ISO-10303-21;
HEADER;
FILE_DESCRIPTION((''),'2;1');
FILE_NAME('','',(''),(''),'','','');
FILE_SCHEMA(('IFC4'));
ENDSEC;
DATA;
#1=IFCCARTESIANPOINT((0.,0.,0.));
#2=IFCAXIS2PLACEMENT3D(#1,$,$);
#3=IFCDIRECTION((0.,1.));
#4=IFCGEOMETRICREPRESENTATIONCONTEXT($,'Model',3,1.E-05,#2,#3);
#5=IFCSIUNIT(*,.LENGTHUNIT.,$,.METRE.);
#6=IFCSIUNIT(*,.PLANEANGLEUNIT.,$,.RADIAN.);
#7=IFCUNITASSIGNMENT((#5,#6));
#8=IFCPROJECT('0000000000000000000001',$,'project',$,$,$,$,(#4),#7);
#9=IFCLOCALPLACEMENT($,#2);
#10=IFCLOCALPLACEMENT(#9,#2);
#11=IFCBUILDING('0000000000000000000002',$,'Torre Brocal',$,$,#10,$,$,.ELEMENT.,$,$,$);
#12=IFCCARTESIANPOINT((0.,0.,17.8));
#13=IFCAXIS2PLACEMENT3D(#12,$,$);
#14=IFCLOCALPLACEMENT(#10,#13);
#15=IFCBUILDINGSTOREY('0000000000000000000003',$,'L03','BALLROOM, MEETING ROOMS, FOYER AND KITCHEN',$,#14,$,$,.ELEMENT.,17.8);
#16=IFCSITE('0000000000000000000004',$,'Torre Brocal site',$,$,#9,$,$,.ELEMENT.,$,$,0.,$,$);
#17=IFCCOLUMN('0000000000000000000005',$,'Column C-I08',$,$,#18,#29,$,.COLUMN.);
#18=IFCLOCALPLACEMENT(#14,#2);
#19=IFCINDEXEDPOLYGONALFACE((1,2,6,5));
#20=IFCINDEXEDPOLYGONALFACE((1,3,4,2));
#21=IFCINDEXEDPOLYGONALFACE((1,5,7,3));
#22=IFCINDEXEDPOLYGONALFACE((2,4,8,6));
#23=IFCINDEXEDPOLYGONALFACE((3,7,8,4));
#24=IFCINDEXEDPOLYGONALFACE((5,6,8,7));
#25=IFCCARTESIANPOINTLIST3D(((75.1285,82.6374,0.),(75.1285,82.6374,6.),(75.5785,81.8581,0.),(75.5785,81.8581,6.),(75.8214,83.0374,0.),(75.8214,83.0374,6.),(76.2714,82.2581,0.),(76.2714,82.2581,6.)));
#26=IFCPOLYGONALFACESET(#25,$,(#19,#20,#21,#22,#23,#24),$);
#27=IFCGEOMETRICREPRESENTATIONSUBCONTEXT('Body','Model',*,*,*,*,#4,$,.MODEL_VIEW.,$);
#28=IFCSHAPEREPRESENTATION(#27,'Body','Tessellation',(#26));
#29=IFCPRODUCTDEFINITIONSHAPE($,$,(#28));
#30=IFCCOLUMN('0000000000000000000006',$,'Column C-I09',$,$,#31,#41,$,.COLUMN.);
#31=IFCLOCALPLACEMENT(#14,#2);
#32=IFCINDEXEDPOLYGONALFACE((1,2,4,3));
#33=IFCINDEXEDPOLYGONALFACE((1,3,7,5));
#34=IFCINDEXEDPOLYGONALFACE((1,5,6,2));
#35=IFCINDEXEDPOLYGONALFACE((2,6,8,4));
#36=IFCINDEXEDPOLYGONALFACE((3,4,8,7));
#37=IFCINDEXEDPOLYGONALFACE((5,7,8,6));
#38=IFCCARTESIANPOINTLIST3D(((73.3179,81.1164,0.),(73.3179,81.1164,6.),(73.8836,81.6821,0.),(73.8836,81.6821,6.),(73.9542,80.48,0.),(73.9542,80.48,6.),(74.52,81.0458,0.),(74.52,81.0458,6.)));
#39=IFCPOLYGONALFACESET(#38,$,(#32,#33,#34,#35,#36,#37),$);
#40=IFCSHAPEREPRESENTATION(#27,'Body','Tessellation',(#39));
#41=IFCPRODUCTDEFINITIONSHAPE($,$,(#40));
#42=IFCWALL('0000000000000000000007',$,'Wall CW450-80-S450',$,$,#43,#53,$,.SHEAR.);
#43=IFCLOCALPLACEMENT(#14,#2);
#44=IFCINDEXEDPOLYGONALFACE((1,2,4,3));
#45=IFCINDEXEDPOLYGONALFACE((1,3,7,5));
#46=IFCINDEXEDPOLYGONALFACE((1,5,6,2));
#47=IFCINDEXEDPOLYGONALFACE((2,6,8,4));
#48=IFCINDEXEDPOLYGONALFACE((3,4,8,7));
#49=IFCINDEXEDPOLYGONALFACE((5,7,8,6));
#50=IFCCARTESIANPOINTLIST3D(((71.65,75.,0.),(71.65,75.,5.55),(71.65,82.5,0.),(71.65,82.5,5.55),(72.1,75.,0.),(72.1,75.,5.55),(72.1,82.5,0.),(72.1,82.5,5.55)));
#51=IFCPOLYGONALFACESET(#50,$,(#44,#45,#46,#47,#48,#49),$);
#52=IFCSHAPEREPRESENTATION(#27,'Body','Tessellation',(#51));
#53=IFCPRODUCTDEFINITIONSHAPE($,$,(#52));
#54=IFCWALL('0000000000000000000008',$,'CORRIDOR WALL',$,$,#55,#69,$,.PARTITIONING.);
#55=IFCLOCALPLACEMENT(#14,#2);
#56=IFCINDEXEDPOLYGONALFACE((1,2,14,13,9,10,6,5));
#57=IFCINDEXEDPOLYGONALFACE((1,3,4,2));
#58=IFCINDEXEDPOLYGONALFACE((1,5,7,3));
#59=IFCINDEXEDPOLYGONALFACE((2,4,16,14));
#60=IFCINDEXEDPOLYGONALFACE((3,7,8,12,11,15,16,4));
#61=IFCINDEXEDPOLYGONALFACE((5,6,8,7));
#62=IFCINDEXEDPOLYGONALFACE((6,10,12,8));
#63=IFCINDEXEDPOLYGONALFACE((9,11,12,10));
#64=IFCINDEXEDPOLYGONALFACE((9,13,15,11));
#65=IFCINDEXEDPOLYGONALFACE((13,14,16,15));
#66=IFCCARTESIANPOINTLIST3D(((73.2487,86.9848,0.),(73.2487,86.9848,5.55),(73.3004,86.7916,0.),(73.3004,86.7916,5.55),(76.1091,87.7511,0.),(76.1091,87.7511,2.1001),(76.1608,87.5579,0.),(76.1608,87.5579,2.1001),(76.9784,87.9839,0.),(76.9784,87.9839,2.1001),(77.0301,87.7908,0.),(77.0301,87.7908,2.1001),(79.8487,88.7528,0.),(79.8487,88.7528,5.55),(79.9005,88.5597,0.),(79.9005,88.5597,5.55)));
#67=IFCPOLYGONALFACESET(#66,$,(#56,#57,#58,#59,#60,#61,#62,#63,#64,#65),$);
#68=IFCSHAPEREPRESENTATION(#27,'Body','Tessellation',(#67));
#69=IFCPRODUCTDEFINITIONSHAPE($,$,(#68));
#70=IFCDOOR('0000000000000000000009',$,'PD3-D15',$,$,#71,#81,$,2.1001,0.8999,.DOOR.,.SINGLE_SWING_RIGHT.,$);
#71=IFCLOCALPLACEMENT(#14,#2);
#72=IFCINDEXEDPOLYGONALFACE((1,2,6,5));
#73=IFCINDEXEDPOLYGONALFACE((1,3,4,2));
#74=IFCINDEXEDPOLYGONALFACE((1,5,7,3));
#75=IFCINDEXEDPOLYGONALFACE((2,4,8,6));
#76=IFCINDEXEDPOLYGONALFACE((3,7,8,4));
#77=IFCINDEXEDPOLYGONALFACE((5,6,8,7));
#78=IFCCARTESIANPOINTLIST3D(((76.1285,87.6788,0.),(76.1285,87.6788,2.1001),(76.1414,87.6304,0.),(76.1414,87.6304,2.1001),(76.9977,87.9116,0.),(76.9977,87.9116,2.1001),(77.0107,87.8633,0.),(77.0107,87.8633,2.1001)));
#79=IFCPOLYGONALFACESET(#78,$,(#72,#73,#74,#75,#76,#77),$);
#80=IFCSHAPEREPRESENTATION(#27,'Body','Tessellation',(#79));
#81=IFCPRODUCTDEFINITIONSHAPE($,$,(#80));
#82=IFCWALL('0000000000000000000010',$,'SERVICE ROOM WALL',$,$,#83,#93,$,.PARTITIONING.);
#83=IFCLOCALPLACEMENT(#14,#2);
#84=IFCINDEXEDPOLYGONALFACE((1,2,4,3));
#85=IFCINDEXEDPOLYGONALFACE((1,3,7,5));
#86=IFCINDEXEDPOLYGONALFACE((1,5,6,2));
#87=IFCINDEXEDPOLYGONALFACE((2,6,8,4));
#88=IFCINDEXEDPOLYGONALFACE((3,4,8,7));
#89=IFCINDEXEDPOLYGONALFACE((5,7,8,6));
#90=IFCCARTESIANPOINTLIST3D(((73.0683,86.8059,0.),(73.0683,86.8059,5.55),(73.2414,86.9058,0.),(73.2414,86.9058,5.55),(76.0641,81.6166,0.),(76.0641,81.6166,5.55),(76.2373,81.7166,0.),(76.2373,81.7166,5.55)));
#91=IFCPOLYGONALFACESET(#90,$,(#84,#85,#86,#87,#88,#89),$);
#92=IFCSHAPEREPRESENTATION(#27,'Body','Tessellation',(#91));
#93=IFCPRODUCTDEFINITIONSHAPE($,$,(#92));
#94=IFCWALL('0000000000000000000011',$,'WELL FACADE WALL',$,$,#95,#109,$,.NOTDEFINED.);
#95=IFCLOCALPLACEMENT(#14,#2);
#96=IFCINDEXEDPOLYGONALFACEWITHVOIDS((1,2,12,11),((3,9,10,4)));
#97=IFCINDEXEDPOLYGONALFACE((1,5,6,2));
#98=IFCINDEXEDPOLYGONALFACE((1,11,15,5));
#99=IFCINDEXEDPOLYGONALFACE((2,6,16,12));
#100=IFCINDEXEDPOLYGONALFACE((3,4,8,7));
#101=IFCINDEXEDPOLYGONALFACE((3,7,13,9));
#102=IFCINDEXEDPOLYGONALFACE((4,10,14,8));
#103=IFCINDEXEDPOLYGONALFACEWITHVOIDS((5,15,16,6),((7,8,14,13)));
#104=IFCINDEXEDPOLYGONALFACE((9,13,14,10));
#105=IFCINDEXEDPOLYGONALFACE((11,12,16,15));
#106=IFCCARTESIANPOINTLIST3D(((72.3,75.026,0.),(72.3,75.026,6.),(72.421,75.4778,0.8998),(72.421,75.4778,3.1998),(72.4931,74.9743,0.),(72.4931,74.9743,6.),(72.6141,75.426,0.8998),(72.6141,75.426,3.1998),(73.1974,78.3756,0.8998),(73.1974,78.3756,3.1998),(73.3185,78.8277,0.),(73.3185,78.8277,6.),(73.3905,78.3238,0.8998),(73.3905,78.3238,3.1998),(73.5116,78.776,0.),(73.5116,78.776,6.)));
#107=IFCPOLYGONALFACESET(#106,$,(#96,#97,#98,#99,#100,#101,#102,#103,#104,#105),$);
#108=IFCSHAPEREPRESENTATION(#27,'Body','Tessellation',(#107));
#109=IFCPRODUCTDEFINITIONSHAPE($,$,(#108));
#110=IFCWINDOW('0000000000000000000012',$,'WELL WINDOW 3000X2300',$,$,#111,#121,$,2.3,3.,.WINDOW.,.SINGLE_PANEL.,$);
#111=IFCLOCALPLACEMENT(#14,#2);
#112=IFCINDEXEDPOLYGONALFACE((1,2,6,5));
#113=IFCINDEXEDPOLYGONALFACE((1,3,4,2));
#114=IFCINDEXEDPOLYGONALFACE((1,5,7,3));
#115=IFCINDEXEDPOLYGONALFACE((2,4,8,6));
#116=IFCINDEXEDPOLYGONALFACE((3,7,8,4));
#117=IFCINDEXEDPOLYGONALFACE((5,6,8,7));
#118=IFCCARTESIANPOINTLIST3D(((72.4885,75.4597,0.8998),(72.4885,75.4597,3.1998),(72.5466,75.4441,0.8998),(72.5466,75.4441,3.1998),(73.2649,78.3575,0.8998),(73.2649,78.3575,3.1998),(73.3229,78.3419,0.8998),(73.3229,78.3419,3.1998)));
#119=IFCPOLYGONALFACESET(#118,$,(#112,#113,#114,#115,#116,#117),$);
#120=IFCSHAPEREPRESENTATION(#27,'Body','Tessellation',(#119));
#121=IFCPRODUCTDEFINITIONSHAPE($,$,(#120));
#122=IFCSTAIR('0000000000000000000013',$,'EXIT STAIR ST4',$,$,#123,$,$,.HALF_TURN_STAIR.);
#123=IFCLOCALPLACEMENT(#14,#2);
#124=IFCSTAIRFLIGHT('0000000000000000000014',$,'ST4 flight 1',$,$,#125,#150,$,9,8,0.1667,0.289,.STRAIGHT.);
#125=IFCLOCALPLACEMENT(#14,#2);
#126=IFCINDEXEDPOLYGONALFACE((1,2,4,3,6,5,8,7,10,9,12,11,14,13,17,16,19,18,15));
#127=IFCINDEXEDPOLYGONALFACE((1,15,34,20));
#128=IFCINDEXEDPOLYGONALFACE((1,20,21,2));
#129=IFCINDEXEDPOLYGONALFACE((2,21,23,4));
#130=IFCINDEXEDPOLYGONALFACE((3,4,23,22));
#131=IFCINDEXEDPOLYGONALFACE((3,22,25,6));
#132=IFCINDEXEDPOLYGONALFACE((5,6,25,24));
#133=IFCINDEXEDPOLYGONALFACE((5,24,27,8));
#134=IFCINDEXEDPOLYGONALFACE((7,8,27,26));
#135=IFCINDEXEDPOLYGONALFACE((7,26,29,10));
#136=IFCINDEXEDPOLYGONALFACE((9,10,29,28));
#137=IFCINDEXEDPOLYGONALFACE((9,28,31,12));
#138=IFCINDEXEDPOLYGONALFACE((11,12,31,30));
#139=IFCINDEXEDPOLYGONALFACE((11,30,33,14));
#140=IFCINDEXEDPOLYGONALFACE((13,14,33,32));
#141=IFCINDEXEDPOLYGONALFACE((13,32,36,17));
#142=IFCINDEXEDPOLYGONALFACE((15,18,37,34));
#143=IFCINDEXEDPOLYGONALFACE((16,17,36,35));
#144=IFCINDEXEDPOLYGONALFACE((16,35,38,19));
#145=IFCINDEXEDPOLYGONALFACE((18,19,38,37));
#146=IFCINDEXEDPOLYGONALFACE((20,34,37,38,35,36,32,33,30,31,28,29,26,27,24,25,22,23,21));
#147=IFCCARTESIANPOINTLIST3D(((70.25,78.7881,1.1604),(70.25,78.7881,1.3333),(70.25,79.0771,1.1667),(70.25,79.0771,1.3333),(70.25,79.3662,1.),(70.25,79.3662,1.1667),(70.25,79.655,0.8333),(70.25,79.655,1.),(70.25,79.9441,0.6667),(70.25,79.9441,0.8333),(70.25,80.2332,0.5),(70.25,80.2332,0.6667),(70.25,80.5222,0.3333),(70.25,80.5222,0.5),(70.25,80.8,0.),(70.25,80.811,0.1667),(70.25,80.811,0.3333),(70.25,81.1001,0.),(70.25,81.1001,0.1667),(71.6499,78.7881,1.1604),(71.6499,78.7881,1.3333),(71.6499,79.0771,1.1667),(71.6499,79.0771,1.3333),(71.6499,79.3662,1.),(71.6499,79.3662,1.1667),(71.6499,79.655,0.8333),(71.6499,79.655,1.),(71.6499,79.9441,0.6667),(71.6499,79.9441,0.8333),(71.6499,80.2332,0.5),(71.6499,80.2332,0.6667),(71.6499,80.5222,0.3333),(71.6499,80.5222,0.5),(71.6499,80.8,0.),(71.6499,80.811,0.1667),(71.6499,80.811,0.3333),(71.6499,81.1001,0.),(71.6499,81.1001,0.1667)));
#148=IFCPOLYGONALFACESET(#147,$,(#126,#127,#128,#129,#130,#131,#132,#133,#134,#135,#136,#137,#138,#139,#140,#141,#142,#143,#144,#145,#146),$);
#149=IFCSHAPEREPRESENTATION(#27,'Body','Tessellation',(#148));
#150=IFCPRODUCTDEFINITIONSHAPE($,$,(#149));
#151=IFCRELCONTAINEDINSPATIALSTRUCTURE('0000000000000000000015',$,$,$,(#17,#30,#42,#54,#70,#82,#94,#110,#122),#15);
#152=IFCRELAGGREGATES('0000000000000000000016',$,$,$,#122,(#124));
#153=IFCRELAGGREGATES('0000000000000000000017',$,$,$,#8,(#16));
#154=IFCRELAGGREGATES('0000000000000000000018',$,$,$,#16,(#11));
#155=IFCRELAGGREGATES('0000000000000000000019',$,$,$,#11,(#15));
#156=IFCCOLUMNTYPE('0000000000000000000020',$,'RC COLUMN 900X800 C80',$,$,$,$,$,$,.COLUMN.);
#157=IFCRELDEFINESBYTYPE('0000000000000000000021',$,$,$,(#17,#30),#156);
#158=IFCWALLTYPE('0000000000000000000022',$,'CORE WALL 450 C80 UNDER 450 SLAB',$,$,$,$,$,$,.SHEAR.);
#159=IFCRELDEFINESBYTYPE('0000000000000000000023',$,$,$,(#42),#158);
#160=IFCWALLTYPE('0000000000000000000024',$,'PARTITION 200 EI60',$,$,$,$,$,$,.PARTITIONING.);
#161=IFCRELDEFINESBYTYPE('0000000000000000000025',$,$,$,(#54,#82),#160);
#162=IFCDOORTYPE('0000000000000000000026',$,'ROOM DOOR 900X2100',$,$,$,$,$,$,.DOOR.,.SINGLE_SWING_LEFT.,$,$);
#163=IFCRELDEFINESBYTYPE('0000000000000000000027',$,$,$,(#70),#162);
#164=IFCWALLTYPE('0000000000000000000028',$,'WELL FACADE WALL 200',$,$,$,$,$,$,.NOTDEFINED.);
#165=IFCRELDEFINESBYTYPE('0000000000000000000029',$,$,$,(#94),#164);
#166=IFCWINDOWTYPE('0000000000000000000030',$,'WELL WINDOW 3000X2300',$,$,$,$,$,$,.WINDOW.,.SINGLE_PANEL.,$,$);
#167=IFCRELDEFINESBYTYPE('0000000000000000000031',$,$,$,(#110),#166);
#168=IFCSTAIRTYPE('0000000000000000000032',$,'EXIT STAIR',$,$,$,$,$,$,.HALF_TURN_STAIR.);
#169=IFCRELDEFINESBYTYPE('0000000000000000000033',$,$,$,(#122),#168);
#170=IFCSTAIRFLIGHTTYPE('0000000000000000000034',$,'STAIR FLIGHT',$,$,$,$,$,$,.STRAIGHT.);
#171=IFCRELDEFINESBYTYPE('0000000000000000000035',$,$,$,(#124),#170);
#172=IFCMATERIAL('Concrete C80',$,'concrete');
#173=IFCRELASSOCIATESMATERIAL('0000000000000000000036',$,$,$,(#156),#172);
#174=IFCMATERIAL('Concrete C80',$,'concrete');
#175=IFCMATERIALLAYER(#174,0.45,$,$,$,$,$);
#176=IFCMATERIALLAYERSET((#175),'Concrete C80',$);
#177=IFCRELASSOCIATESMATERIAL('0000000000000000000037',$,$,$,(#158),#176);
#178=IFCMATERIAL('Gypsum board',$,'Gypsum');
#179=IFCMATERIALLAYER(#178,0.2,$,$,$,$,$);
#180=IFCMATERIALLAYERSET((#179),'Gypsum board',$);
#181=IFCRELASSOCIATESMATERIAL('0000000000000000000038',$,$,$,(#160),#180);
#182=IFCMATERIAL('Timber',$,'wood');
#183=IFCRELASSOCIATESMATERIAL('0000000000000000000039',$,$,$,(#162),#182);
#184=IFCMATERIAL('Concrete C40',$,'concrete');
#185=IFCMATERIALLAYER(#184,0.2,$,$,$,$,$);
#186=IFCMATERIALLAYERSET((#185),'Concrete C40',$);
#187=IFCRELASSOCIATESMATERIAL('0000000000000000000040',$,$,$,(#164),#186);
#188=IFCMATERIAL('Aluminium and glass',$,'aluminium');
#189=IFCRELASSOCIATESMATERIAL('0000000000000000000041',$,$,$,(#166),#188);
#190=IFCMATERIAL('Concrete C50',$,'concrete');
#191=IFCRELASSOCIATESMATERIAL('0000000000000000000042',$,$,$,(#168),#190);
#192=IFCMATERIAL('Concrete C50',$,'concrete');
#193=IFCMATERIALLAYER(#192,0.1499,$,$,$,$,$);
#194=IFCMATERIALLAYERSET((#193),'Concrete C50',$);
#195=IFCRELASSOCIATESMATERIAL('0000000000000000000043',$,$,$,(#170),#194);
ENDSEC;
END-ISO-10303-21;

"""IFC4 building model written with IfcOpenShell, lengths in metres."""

from ifc_helpers import new_model, si_unit, direction, frame, frame_2d, origin, origin_2d, place, context, subcontext, project, spatial, polyline, rectangle, outline, extrude, material, layer, layer_set, material_profile, profile_set, type_object, element, fill, aggregate, save


model = new_model("IFC4")

# Units and contexts
model_context = context("Model", 3, precision=1e-05, world=origin(), true_north=direction((0.0, 1.0)))
body_context = subcontext(model_context, "Body", "Model", "MODEL_VIEW")
ifc_project = project(units=[si_unit("LENGTHUNIT", "METRE"), si_unit("PLANEANGLEUNIT", "RADIAN")], contexts=[model_context])

# Site, building, storey
site_placement = place(None, origin())
site = spatial("IfcSite", under=ifc_project, at=site_placement, Name="Torre Brocal site", CompositionType="ELEMENT", RefElevation=0.0)
building_placement = place(site_placement, origin())
building = spatial("IfcBuilding", under=site, at=building_placement, Name="Torre Brocal", CompositionType="ELEMENT")
storey_placement = place(building_placement, frame((0.0, 0.0, 17.8)))
storey = spatial("IfcBuildingStorey", under=building, at=storey_placement, Name="L03", Description="BALLROOM, MEETING ROOMS, FOYER AND KITCHEN", CompositionType="ELEMENT", Elevation=17.8)

# Columns
ifc_material_1 = material(Name="Concrete C80", Category="concrete")
ifc_material_profile = material_profile(ifc_material_1, rectangle(XDim=0.8999, YDim=0.8, at=origin_2d()), Name="RC 900X800")
ifc_profile_set = profile_set([ifc_material_profile], Name="Concrete C80")
column_type = type_object("IfcColumnType", Name="RC COLUMN 900X800 C80", PredefinedType="COLUMN", material=ifc_profile_set)
for number, where, z_axis, x_axis, name in (
    (1, (75.7, 82.4478, 0.0), (0.0, 0.0, 1.0), (-0.5, 0.866025, 0.0), "Column C-I08"),
    (2, (73.9189, 81.0811, 0.0), (0.0, 0.0, 1.0), (-0.707107, 0.707107, 0.0), "Column C-I09"),
):
    element("IfcColumn", number, at=place(storey_placement, frame(where, z_axis=z_axis, x_axis=x_axis)), inside=storey, type_object=column_type, Name=name, PredefinedType="COLUMN", context=body_context, shape_type="SweptSolid", body=[
        extrude(rectangle(XDim=0.8999, YDim=0.8, at=origin_2d()), origin(), (0.0, 0.0, 1.0), 6.0),
    ])

# Wall
ifc_material_2 = material(Name="Concrete C80", Category="concrete")
ifc_layer_1 = layer(ifc_material_2, 0.45)
ifc_layer_set_1 = layer_set([ifc_layer_1], Name="Concrete C80")
wall_type_1 = type_object("IfcWallType", Name="CORE WALL 450 C80 UNDER 450 SLAB", PredefinedType="SHEAR", material=ifc_layer_set_1)
wall_1_placement = place(storey_placement, frame((71.875, 82.5, 0.0), z_axis=(0.0, 0.0, 1.0), x_axis=(0.0, -1.0, 0.0)))
element("IfcWall", 3, at=wall_1_placement, inside=storey, type_object=wall_type_1, Name="Wall CW450-80-S450", PredefinedType="SHEAR", context=body_context, shape_type="SweptSolid", body=[
    extrude(rectangle(XDim=7.5, YDim=0.45, at=frame_2d((3.75, 0.0))), origin(), (0.0, 0.0, 1.0), 5.55),
])

# Wall, opening, door
ifc_material_3 = material(Name="Gypsum board", Category="Gypsum")
ifc_layer_2 = layer(ifc_material_3, 0.2)
ifc_layer_set_2 = layer_set([ifc_layer_2], Name="Gypsum board")
wall_type_2 = type_object("IfcWallType", Name="PARTITION 200 EI60", PredefinedType="PARTITIONING", material=ifc_layer_set_2)
wall_2_placement = place(storey_placement, frame((73.2744, 86.8882, 0.0), z_axis=(0.0, 0.0, 1.0), x_axis=(0.965941, 0.258761, 0.0)))
wall_2 = element("IfcWall", 4, at=wall_2_placement, inside=storey, type_object=wall_type_2, Name="CORRIDOR WALL", PredefinedType="PARTITIONING", context=body_context, shape_type="SweptSolid", body=[
    extrude(rectangle(XDim=6.8328, YDim=0.2, at=frame_2d((3.4165, 0.0))), origin(), (0.0, 0.0, 1.0), 5.55),
])
opening_1_placement = place(wall_2_placement, frame((2.9614, 0.0, 0.0)))
opening_1 = element("IfcOpeningElement", 5, at=opening_1_placement, cuts=wall_2, PredefinedType="OPENING", context=body_context, shape_type="SweptSolid", body=[
    extrude(rectangle(XDim=0.8999, YDim=2.1001, at=frame_2d((0.45, 1.05))), frame((0.0, 0.1099, 0.0), z_axis=(0.0, -1.0, 0.0), x_axis=(1.0, 0.0, 0.0)), (0.0, 0.0, 1.0), 0.22),
])
ifc_material_4 = material(Name="Timber", Category="wood")
door_type_1 = type_object("IfcDoorType", Name="ROOM DOOR 900X2100", OperationType="SINGLE_SWING_LEFT", PredefinedType="DOOR", material=ifc_material_4)
door_1_placement = place(opening_1_placement, frame((0.8999, 0.0, 0.0), z_axis=(0.0, 0.0, 1.0), x_axis=(-1.0, 0.0, 0.0)))
door_1 = element("IfcDoor", 6, at=door_1_placement, inside=storey, type_object=door_type_1, Name="PD3-D15", OperationType="SINGLE_SWING_RIGHT", OverallHeight=2.1001, OverallWidth=0.8999, PredefinedType="DOOR", context=body_context, shape_type="SweptSolid", body=[
    extrude(rectangle(XDim=0.8999, YDim=2.1001, at=frame_2d((0.45, 1.05))), frame((0.0, 0.0249, 0.0), z_axis=(0.0, -1.0, 0.0), x_axis=(1.0, 0.0, 0.0)), (0.0, 0.0, 1.0), 0.05),
])
fill(opening_1, door_1)

# Wall
wall_3_placement = place(storey_placement, frame((73.1548, 86.856, 0.0), z_axis=(0.0, 0.0, 1.0), x_axis=(0.499982, -0.866036, 0.0)))
element("IfcWall", 7, at=wall_3_placement, inside=storey, type_object=wall_type_2, Name="SERVICE ROOM WALL", PredefinedType="PARTITIONING", context=body_context, shape_type="SweptSolid", body=[
    extrude(rectangle(XDim=5.9919, YDim=0.2, at=frame_2d((2.9961, 0.0))), origin(), (0.0, 0.0, 1.0), 5.55),
])

# Wall, opening, window
ifc_material_5 = material(Name="Concrete C40", Category="concrete")
ifc_layer_3 = layer(ifc_material_5, 0.2)
ifc_layer_set_3 = layer_set([ifc_layer_3], Name="Concrete C40")
wall_type_3 = type_object("IfcWallType", Name="WELL FACADE WALL 200", PredefinedType="NOTDEFINED", material=ifc_layer_set_3)
wall_4_placement = place(storey_placement, frame((73.415, 78.8018, 0.0), z_axis=(0.0, 0.0, 1.0), x_axis=(-0.25879, -0.965934, 0.0)))
wall_4 = element("IfcWall", 8, at=wall_4_placement, inside=storey, type_object=wall_type_3, Name="WELL FACADE WALL", PredefinedType="NOTDEFINED", context=body_context, shape_type="SweptSolid", body=[
    extrude(rectangle(XDim=3.9358, YDim=0.2, at=frame_2d((1.9678, 0.0))), origin(), (0.0, 0.0, 1.0), 6.0),
])
opening_2_placement = place(wall_4_placement, frame((0.468, 0.0, 0.8999)))
opening_2 = element("IfcOpeningElement", 9, at=opening_2_placement, cuts=wall_4, PredefinedType="OPENING", context=body_context, shape_type="SweptSolid", body=[
    extrude(rectangle(XDim=3.0, YDim=2.3, at=frame_2d((1.5, 1.1499))), frame((0.0, 0.1099, 0.0), z_axis=(0.0, -1.0, 0.0), x_axis=(1.0, 0.0, 0.0)), (0.0, 0.0, 1.0), 0.22),
])
ifc_material_6 = material(Name="Aluminium and glass", Category="aluminium")
window_type = type_object("IfcWindowType", Name="WELL WINDOW 3000X2300", PartitioningType="SINGLE_PANEL", PredefinedType="WINDOW", material=ifc_material_6)
window_placement = place(opening_2_placement, origin())
window = element("IfcWindow", 10, at=window_placement, inside=storey, type_object=window_type, Name="WELL WINDOW 3000X2300", OverallHeight=2.3, OverallWidth=3.0, PartitioningType="SINGLE_PANEL", PredefinedType="WINDOW", context=body_context, shape_type="SweptSolid", body=[
    extrude(rectangle(XDim=3.0, YDim=2.3, at=frame_2d((1.5, 1.1499))), frame((0.0, 0.03, 0.0), z_axis=(0.0, -1.0, 0.0), x_axis=(1.0, 0.0, 0.0)), (0.0, 0.0, 1.0), 0.0601),
])
fill(opening_2, window)

# Stair, stair flight
ifc_material_7 = material(Name="Concrete C50", Category="concrete")
stair_type = type_object("IfcStairType", Name="EXIT STAIR", PredefinedType="HALF_TURN_STAIR", material=ifc_material_7)
stair_placement = place(storey_placement, origin())
stair = element("IfcStair", 11, at=stair_placement, inside=storey, type_object=stair_type, Name="EXIT STAIR ST4", PredefinedType="HALF_TURN_STAIR")
ifc_material_8 = material(Name="Concrete C50", Category="concrete")
ifc_layer_4 = layer(ifc_material_8, 0.1499)
ifc_layer_set_4 = layer_set([ifc_layer_4], Name="Concrete C50")
stair_flight_type = type_object("IfcStairFlightType", Name="STAIR FLIGHT", PredefinedType="STRAIGHT", material=ifc_layer_set_4)
stair_flight_1_placement = place(storey_placement, frame((70.95, 81.1001, 0.0), z_axis=(0.0, 0.0, 1.0), x_axis=(0.0, -1.0, 0.0)))
stair_flight_1 = element("IfcStairFlight", 12, at=stair_flight_1_placement, type_object=stair_flight_type, Name="ST4 flight 1", NumberOfRisers=9, NumberOfTreads=8, PredefinedType="STRAIGHT", RiserHeight=0.1667, TreadLength=0.289, context=body_context, shape_type="SweptSolid", body=[
    extrude(outline(polyline([(0.0, 0.0), (0.0, 0.1667), (0.2891, 0.1667), (0.2891, 0.3333), (0.5779, 0.3333), (0.5779, 0.5), (0.8669, 0.5), (0.8669, 0.6667), (1.156, 0.6667), (1.156, 0.8333), (1.4451, 0.8333), (1.4451, 1.0), (1.7339, 1.0), (1.7339, 1.1667), (2.0229, 1.1667), (2.0229, 1.3333), (2.312, 1.3333), (2.312, 1.5), (2.312, 1.1604), (0.3, 0.0), (0.0, 0.0)])), frame((0.0, 0.7, 0.0), z_axis=(0.0, -1.0, 0.0), x_axis=(1.0, 0.0, 0.0)), (0.0, 0.0, 1.0), 1.3999),
])
aggregate(stair, [stair_flight_1])

save(model, "model.ifc")
